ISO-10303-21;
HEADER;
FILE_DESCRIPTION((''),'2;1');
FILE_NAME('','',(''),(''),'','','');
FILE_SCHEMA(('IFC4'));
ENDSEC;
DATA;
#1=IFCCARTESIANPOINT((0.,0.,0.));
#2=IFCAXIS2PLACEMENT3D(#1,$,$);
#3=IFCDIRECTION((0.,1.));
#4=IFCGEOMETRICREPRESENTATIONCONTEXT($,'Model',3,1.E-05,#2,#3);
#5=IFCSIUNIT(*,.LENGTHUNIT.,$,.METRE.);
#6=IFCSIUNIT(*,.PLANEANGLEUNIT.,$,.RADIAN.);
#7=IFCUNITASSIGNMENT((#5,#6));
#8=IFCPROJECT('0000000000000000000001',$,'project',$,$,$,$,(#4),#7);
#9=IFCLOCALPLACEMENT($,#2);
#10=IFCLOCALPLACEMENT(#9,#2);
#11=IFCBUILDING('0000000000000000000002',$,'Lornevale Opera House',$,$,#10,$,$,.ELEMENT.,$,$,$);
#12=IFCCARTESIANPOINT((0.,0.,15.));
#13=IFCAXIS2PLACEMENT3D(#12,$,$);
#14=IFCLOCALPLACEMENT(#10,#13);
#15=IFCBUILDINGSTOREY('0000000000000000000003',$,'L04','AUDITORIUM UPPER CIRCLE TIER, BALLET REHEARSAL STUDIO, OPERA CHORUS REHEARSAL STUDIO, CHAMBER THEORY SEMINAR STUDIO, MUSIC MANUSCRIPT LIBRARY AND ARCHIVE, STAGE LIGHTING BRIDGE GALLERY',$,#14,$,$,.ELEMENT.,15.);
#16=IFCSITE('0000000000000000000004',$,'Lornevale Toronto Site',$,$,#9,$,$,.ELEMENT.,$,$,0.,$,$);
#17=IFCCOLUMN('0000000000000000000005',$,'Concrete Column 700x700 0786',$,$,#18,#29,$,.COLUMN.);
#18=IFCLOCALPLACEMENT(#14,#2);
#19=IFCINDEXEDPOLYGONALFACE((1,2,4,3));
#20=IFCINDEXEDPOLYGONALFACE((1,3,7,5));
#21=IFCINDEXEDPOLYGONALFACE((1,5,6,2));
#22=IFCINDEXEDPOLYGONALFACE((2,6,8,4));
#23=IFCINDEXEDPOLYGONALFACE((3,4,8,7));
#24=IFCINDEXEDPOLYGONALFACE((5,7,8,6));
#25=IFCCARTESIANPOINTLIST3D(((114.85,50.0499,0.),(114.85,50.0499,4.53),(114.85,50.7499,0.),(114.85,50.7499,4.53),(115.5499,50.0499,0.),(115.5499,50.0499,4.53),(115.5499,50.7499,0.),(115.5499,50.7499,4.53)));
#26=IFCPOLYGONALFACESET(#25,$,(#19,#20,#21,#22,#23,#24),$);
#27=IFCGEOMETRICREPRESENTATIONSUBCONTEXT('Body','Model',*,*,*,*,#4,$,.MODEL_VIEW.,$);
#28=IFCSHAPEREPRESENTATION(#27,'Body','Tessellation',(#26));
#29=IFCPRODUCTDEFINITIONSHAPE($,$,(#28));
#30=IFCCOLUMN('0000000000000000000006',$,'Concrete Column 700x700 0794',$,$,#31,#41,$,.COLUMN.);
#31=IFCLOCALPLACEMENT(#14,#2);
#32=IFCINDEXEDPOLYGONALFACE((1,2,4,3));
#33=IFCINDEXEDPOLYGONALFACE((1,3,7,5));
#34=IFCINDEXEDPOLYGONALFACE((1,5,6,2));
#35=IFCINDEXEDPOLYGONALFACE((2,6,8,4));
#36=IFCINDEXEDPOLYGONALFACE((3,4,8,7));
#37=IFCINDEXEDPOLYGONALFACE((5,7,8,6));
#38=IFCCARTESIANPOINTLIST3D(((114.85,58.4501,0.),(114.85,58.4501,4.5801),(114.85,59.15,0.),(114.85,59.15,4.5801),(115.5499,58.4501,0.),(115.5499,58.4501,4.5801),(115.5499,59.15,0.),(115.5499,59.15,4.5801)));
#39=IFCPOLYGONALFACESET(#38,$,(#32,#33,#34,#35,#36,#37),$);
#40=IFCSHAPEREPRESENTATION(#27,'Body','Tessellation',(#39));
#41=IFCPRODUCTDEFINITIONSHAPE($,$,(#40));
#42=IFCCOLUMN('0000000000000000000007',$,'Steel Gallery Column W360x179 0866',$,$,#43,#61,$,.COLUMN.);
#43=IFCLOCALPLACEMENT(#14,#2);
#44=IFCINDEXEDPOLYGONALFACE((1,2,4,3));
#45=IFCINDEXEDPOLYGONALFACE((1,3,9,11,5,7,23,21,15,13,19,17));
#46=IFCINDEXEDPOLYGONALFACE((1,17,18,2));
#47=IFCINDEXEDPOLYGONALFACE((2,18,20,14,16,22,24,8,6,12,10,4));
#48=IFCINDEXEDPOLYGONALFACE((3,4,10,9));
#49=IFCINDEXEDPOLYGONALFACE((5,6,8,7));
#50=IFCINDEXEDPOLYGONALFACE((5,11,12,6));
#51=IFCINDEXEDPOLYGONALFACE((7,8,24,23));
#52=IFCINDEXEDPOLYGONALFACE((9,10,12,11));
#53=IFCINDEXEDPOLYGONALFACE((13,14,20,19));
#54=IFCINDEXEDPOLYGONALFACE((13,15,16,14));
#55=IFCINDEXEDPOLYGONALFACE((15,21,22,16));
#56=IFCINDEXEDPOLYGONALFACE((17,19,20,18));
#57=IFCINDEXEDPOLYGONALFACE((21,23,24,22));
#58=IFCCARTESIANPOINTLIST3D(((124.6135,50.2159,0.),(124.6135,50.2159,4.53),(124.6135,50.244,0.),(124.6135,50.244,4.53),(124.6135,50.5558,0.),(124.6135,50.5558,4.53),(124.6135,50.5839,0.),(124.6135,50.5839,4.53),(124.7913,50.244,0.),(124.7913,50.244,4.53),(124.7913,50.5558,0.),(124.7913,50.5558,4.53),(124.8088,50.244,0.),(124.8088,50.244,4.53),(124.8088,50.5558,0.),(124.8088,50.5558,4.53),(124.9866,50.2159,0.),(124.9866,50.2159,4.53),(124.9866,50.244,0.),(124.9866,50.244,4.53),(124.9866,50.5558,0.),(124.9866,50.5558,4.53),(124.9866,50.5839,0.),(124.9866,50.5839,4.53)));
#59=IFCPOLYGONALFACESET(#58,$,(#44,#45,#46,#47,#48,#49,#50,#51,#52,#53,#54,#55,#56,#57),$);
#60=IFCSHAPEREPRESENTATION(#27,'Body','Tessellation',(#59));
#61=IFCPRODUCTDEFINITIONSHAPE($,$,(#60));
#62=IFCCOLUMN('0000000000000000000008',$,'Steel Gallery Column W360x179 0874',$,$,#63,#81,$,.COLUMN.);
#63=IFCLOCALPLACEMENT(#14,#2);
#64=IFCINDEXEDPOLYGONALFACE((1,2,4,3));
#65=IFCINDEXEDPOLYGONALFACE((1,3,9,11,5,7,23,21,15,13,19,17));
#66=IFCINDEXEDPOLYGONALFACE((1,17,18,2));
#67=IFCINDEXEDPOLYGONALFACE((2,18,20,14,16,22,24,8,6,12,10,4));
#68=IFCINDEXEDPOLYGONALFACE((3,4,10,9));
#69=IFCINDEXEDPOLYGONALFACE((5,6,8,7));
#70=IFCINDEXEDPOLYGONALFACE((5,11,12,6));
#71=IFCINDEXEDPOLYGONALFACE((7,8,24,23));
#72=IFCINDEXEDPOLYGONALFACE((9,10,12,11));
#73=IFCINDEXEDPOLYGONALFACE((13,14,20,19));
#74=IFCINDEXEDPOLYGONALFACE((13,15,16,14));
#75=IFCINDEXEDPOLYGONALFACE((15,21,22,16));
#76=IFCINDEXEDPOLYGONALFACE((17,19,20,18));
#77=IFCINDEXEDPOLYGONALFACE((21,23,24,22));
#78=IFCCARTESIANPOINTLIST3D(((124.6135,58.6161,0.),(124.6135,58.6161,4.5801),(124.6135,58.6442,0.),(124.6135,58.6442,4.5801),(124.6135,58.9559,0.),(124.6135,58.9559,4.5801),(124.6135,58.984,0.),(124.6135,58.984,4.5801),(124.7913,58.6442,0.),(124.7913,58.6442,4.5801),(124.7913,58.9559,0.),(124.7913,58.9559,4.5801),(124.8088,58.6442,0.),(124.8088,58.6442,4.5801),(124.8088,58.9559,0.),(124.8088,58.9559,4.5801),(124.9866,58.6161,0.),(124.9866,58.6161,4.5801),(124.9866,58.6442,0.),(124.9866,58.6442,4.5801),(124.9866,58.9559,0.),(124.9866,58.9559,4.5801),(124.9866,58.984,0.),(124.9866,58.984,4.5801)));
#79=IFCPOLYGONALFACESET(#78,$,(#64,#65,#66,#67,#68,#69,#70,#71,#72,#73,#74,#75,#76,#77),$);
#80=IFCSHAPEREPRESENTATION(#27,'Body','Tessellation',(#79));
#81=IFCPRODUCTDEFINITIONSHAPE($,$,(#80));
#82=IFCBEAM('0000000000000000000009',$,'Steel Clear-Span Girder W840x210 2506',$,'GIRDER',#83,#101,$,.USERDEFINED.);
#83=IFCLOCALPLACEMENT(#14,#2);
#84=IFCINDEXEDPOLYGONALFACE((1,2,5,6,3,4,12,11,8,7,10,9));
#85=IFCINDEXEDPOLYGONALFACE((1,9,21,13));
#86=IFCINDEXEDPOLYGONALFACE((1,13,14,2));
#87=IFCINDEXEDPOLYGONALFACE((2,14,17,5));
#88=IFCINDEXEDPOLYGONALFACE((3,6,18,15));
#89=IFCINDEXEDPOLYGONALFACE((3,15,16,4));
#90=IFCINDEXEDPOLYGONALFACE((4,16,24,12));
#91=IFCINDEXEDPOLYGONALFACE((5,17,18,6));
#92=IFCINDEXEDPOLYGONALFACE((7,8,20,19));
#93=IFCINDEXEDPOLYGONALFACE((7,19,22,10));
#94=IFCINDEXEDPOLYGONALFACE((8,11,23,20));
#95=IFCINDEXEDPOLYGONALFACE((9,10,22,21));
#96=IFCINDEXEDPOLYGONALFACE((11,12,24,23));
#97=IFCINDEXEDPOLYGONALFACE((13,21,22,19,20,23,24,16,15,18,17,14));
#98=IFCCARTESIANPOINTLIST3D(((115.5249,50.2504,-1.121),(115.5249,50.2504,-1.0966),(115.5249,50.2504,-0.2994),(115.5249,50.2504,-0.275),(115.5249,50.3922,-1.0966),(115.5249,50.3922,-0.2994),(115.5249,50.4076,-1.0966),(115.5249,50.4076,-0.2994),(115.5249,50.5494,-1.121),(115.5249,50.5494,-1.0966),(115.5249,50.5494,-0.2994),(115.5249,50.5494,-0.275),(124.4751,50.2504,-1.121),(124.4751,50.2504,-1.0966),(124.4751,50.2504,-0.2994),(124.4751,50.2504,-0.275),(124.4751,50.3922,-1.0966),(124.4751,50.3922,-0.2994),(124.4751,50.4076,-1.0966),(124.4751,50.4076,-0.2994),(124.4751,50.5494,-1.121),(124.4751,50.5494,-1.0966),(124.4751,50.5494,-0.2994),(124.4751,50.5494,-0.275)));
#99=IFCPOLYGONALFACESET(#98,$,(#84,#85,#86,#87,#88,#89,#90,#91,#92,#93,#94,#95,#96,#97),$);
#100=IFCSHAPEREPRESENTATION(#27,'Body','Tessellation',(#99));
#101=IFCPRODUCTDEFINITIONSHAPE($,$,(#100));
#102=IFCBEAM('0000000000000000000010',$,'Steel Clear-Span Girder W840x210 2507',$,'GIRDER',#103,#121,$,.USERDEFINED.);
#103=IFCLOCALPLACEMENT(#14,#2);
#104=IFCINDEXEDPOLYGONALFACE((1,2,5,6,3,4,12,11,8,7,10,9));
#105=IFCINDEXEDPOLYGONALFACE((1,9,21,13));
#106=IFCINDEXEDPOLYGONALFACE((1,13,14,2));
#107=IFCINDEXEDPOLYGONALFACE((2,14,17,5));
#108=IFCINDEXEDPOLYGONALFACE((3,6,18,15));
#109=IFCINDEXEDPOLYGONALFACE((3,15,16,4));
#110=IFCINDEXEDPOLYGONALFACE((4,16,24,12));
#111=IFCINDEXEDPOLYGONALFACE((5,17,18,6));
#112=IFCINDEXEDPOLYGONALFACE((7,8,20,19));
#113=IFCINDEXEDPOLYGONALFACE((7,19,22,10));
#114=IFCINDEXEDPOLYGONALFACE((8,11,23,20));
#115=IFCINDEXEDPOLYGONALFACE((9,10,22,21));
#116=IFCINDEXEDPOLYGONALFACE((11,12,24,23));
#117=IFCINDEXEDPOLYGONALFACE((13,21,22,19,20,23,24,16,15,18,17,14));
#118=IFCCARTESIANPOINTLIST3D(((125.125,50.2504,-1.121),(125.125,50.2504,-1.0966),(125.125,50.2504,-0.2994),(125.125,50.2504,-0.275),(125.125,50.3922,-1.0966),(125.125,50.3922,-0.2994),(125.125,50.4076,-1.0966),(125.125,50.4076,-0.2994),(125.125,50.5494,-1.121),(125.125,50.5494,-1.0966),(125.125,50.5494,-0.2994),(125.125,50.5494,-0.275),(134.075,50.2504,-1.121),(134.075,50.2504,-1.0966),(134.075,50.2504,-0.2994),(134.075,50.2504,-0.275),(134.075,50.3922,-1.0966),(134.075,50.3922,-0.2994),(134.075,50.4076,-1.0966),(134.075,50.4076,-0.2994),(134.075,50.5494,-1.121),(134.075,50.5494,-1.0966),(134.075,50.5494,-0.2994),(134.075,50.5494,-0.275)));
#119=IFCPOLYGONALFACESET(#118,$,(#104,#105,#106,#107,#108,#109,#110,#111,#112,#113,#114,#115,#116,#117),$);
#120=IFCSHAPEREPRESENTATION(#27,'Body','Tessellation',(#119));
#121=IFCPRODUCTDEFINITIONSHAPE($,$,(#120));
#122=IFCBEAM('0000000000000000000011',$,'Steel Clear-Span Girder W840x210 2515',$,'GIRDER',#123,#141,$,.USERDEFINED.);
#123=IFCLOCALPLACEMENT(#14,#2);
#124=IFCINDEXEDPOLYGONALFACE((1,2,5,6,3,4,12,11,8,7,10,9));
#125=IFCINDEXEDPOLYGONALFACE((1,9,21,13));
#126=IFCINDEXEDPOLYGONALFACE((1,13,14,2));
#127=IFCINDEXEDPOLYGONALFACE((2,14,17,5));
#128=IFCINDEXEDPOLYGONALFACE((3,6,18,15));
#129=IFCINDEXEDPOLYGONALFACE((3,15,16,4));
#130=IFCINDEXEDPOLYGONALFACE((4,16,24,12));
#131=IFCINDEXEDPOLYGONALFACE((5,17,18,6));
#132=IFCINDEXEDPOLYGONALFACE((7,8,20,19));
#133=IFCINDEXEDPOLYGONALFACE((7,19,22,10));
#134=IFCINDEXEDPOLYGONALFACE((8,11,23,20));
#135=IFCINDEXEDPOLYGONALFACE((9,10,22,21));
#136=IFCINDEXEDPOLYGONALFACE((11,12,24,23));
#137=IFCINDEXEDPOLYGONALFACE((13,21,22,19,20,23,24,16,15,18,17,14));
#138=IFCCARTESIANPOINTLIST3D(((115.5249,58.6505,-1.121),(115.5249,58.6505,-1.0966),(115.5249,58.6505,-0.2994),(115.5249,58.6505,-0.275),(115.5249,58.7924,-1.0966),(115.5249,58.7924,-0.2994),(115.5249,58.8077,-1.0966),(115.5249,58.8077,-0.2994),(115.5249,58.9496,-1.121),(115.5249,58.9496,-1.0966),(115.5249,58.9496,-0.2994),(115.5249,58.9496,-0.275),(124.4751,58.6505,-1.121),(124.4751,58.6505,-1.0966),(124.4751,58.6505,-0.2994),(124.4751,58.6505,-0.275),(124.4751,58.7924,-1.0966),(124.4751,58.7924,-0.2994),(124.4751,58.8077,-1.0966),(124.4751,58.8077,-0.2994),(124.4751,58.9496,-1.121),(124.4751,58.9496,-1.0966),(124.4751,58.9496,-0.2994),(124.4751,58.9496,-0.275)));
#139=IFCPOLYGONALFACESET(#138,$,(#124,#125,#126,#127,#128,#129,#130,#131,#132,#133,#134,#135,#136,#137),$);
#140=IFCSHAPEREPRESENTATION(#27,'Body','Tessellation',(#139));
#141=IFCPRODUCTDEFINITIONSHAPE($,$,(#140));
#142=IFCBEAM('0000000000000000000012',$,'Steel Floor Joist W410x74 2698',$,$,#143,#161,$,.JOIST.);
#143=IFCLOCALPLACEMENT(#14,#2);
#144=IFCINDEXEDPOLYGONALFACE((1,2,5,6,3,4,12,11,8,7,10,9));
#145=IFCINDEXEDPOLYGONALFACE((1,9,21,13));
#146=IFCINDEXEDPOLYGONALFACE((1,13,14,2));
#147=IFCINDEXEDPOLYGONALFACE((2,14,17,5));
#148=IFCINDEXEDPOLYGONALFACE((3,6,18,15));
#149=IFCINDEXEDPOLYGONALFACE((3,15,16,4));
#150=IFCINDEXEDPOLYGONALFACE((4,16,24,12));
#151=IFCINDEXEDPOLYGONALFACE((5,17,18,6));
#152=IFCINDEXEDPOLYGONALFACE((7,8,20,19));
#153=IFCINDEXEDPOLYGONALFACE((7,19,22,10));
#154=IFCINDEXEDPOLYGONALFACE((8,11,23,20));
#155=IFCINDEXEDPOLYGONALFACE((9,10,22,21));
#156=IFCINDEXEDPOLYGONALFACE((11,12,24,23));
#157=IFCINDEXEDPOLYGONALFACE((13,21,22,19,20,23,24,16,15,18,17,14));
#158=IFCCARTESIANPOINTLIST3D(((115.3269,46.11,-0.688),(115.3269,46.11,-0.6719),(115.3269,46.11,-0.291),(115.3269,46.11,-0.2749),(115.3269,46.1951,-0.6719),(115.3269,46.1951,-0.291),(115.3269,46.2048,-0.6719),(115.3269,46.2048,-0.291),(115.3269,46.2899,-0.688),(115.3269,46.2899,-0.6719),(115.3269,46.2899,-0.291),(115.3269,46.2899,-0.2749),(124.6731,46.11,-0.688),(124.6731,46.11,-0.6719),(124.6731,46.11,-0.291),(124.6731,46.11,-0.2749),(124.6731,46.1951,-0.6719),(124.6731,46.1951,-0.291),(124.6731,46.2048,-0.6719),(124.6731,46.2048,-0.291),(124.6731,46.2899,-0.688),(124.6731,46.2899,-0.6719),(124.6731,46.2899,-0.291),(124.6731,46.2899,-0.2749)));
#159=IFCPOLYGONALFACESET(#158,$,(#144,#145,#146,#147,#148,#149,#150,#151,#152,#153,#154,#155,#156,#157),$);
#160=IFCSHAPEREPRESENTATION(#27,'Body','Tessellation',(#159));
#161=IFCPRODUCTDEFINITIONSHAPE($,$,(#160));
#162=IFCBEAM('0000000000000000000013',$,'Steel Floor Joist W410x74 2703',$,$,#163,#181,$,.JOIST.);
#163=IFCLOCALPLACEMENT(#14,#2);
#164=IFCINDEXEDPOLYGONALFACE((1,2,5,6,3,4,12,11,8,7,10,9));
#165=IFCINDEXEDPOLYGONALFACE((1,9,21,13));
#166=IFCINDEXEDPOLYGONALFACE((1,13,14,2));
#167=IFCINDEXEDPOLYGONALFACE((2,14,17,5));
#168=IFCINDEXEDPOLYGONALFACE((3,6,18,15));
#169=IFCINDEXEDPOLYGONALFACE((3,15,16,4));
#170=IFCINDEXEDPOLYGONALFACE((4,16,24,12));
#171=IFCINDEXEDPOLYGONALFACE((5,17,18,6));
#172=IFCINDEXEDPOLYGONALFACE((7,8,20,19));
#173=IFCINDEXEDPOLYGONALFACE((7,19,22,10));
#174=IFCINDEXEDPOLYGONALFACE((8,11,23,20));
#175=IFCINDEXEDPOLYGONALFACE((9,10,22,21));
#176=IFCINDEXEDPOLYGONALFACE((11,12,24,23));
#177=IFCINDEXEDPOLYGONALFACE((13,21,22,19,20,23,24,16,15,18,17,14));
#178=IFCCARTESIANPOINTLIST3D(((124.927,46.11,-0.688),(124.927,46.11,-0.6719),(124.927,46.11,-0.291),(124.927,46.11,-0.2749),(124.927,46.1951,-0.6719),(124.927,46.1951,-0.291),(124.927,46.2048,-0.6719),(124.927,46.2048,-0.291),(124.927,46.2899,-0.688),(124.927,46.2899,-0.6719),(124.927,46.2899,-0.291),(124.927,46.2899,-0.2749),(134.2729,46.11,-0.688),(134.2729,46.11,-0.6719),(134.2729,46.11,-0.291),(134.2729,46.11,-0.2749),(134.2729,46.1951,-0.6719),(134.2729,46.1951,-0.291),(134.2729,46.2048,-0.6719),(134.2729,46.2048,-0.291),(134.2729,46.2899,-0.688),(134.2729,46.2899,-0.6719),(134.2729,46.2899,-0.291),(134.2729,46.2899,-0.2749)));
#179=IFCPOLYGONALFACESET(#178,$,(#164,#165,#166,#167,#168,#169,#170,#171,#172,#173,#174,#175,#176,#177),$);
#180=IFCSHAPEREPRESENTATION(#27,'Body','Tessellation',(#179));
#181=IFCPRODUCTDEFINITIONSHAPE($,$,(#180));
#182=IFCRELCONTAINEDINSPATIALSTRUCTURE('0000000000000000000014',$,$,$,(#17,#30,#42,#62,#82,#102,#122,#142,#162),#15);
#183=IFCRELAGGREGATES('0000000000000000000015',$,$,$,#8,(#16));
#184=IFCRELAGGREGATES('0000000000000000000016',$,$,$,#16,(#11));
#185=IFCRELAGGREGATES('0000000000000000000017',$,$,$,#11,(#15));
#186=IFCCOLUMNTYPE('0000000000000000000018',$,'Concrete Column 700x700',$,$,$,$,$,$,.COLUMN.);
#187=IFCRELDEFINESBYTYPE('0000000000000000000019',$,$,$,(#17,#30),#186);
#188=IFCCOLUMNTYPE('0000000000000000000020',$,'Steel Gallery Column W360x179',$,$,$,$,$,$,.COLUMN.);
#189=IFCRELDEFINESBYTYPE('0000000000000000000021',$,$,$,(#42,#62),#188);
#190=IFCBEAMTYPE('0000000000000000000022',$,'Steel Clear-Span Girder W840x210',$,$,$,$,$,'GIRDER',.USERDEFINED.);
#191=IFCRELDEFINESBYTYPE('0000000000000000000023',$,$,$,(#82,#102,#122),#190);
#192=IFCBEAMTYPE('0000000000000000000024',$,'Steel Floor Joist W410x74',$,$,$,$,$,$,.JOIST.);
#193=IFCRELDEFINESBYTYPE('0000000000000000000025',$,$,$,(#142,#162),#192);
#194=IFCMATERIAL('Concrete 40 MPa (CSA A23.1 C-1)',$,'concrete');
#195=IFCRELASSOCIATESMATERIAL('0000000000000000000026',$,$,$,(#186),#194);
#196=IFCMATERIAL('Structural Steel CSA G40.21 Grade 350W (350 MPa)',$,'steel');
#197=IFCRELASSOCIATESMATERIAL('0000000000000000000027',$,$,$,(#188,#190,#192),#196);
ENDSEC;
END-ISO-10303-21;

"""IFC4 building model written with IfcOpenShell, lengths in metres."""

from ifc_helpers import new_model, si_unit, direction, frame, origin, origin_2d, place, context, subcontext, project, spatial, rectangle, i_section, extrude, material, material_profile, profile_set, type_object, element, save


model = new_model("IFC4")

# Units and contexts
model_context = context("Model", 3, precision=1e-05, world=origin(), true_north=direction((0.0, 1.0)))
body_context = subcontext(model_context, "Body", "Model", "MODEL_VIEW")
ifc_project = project(units=[si_unit("LENGTHUNIT", "METRE"), si_unit("PLANEANGLEUNIT", "RADIAN")], contexts=[model_context])

# Site, building, storey
site_placement = place(None, origin())
site = spatial("IfcSite", under=ifc_project, at=site_placement, Name="Lornevale Toronto Site", CompositionType="ELEMENT", RefElevation=0.0)
building_placement = place(site_placement, origin())
building = spatial("IfcBuilding", under=site, at=building_placement, Name="Lornevale Opera House", CompositionType="ELEMENT")
storey_placement = place(building_placement, frame((0.0, 0.0, 15.0)))
storey = spatial("IfcBuildingStorey", under=building, at=storey_placement, Name="L04", Description="AUDITORIUM UPPER CIRCLE TIER, BALLET REHEARSAL STUDIO, OPERA CHORUS REHEARSAL STUDIO, CHAMBER THEORY SEMINAR STUDIO, MUSIC MANUSCRIPT LIBRARY AND ARCHIVE, STAGE LIGHTING BRIDGE GALLERY", CompositionType="ELEMENT", Elevation=15.0)

# Columns
ifc_material_1 = material(Name="Concrete 40 MPa (CSA A23.1 C-1)", Category="concrete")
ifc_material_profile_1 = material_profile(ifc_material_1, rectangle(XDim=0.7, YDim=0.7, at=origin_2d()), Name="RC700x700")
ifc_profile_set_1 = profile_set([ifc_material_profile_1], Name="Concrete 40 MPa (CSA A23.1 C-1)")
column_type_1 = type_object("IfcColumnType", Name="Concrete Column 700x700", PredefinedType="COLUMN", material=ifc_profile_set_1)
column_1_placement = place(storey_placement, frame((115.2, 50.3999, 0.0), z_axis=(0.0, 0.0, 1.0), x_axis=(1.0, 0.0, 0.0)))
element("IfcColumn", 1, at=column_1_placement, inside=storey, type_object=column_type_1, Name="Concrete Column 700x700 0786", PredefinedType="COLUMN", context=body_context, shape_type="SweptSolid", body=[
    extrude(rectangle(XDim=0.7, YDim=0.7, at=origin_2d()), origin(), (0.0, 0.0, 1.0), 4.53),
])
column_2_placement = place(storey_placement, frame((115.2, 58.8, 0.0), z_axis=(0.0, 0.0, 1.0), x_axis=(1.0, 0.0, 0.0)))
element("IfcColumn", 2, at=column_2_placement, inside=storey, type_object=column_type_1, Name="Concrete Column 700x700 0794", PredefinedType="COLUMN", context=body_context, shape_type="SweptSolid", body=[
    extrude(rectangle(XDim=0.7, YDim=0.7, at=origin_2d()), origin(), (0.0, 0.0, 1.0), 4.5801),
])
ifc_material_2 = material(Name="Structural Steel CSA G40.21 Grade 350W (350 MPa)", Category="steel")
ifc_material_profile_2 = material_profile(ifc_material_2, i_section(OverallWidth=0.373, OverallDepth=0.3679, WebThickness=0.0176, FlangeThickness=0.0281, at=origin_2d()), Name="W360x179")
ifc_profile_set_2 = profile_set([ifc_material_profile_2], Name="Structural Steel CSA G40.21 Grade 350W (350 MPa)")
column_type_2 = type_object("IfcColumnType", Name="Steel Gallery Column W360x179", PredefinedType="COLUMN", material=ifc_profile_set_2)
column_3_placement = place(storey_placement, frame((124.8, 50.3999, 0.0), z_axis=(0.0, 0.0, 1.0), x_axis=(1.0, 0.0, 0.0)))
element("IfcColumn", 3, at=column_3_placement, inside=storey, type_object=column_type_2, Name="Steel Gallery Column W360x179 0866", PredefinedType="COLUMN", context=body_context, shape_type="SweptSolid", body=[
    extrude(i_section(OverallWidth=0.373, OverallDepth=0.3679, WebThickness=0.0176, FlangeThickness=0.0281, at=origin_2d()), origin(), (0.0, 0.0, 1.0), 4.53),
])
column_4_placement = place(storey_placement, frame((124.8, 58.8, 0.0), z_axis=(0.0, 0.0, 1.0), x_axis=(1.0, 0.0, 0.0)))
element("IfcColumn", 4, at=column_4_placement, inside=storey, type_object=column_type_2, Name="Steel Gallery Column W360x179 0874", PredefinedType="COLUMN", context=body_context, shape_type="SweptSolid", body=[
    extrude(i_section(OverallWidth=0.373, OverallDepth=0.3679, WebThickness=0.0176, FlangeThickness=0.0281, at=origin_2d()), origin(), (0.0, 0.0, 1.0), 4.5801),
])

# Beams
ifc_material_profile_3 = material_profile(ifc_material_2, i_section(OverallWidth=0.2991, OverallDepth=0.8459, WebThickness=0.0154, FlangeThickness=0.0244, at=origin_2d()), Name="W840x210")
ifc_profile_set_3 = profile_set([ifc_material_profile_3], Name="Structural Steel CSA G40.21 Grade 350W (350 MPa)")
beam_type_1 = type_object("IfcBeamType", Name="Steel Clear-Span Girder W840x210", ElementType="GIRDER", PredefinedType="USERDEFINED", material=ifc_profile_set_3)
beam_1_placement = place(storey_placement, frame((115.5249, 50.3999, -0.698), z_axis=(1.0, 0.0, 0.0), x_axis=(0.0, 1.0, 0.0)))
element("IfcBeam", 5, at=beam_1_placement, inside=storey, type_object=beam_type_1, Name="Steel Clear-Span Girder W840x210 2506", ObjectType="GIRDER", PredefinedType="USERDEFINED", context=body_context, shape_type="SweptSolid", body=[
    extrude(i_section(OverallWidth=0.2991, OverallDepth=0.8459, WebThickness=0.0154, FlangeThickness=0.0244, at=origin_2d()), origin(), (0.0, 0.0, 1.0), 8.9502),
])
beam_2_placement = place(storey_placement, frame((125.125, 50.3999, -0.698), z_axis=(1.0, 0.0, 0.0), x_axis=(0.0, 1.0, 0.0)))
element("IfcBeam", 6, at=beam_2_placement, inside=storey, type_object=beam_type_1, Name="Steel Clear-Span Girder W840x210 2507", ObjectType="GIRDER", PredefinedType="USERDEFINED", context=body_context, shape_type="SweptSolid", body=[
    extrude(i_section(OverallWidth=0.2991, OverallDepth=0.8459, WebThickness=0.0154, FlangeThickness=0.0244, at=origin_2d()), origin(), (0.0, 0.0, 1.0), 8.95),
])
beam_3_placement = place(storey_placement, frame((115.5249, 58.8, -0.698), z_axis=(1.0, 0.0, 0.0), x_axis=(0.0, 1.0, 0.0)))
element("IfcBeam", 7, at=beam_3_placement, inside=storey, type_object=beam_type_1, Name="Steel Clear-Span Girder W840x210 2515", ObjectType="GIRDER", PredefinedType="USERDEFINED", context=body_context, shape_type="SweptSolid", body=[
    extrude(i_section(OverallWidth=0.2991, OverallDepth=0.8459, WebThickness=0.0154, FlangeThickness=0.0244, at=origin_2d()), origin(), (0.0, 0.0, 1.0), 8.9502),
])
ifc_material_profile_4 = material_profile(ifc_material_2, i_section(OverallWidth=0.1799, OverallDepth=0.4131, WebThickness=0.0098, FlangeThickness=0.0161, at=origin_2d()), Name="W410x74")
ifc_profile_set_4 = profile_set([ifc_material_profile_4], Name="Structural Steel CSA G40.21 Grade 350W (350 MPa)")
beam_type_2 = type_object("IfcBeamType", Name="Steel Floor Joist W410x74", PredefinedType="JOIST", material=ifc_profile_set_4)
beam_4_placement = place(storey_placement, frame((115.3269, 46.2, -0.4814), z_axis=(1.0, 0.0, 0.0), x_axis=(0.0, 1.0, 0.0)))
element("IfcBeam", 8, at=beam_4_placement, inside=storey, type_object=beam_type_2, Name="Steel Floor Joist W410x74 2698", PredefinedType="JOIST", context=body_context, shape_type="SweptSolid", body=[
    extrude(i_section(OverallWidth=0.1799, OverallDepth=0.4131, WebThickness=0.0098, FlangeThickness=0.0161, at=origin_2d()), origin(), (0.0, 0.0, 1.0), 9.3462),
])
for number, where, z_axis, x_axis, name in (
    (9, (124.927, 46.2, -0.4814), (1.0, 0.0, 0.0), (0.0, 1.0, 0.0), "Steel Floor Joist W410x74 2703"),
):
    element("IfcBeam", number, at=place(storey_placement, frame(where, z_axis=z_axis, x_axis=x_axis)), inside=storey, type_object=beam_type_2, Name=name, PredefinedType="JOIST", context=body_context, shape_type="SweptSolid", body=[
        extrude(i_section(OverallWidth=0.1799, OverallDepth=0.4131, WebThickness=0.0098, FlangeThickness=0.0161, at=origin_2d()), origin(), (0.0, 0.0, 1.0), 9.3459),
    ])

save(model, "model.ifc")
